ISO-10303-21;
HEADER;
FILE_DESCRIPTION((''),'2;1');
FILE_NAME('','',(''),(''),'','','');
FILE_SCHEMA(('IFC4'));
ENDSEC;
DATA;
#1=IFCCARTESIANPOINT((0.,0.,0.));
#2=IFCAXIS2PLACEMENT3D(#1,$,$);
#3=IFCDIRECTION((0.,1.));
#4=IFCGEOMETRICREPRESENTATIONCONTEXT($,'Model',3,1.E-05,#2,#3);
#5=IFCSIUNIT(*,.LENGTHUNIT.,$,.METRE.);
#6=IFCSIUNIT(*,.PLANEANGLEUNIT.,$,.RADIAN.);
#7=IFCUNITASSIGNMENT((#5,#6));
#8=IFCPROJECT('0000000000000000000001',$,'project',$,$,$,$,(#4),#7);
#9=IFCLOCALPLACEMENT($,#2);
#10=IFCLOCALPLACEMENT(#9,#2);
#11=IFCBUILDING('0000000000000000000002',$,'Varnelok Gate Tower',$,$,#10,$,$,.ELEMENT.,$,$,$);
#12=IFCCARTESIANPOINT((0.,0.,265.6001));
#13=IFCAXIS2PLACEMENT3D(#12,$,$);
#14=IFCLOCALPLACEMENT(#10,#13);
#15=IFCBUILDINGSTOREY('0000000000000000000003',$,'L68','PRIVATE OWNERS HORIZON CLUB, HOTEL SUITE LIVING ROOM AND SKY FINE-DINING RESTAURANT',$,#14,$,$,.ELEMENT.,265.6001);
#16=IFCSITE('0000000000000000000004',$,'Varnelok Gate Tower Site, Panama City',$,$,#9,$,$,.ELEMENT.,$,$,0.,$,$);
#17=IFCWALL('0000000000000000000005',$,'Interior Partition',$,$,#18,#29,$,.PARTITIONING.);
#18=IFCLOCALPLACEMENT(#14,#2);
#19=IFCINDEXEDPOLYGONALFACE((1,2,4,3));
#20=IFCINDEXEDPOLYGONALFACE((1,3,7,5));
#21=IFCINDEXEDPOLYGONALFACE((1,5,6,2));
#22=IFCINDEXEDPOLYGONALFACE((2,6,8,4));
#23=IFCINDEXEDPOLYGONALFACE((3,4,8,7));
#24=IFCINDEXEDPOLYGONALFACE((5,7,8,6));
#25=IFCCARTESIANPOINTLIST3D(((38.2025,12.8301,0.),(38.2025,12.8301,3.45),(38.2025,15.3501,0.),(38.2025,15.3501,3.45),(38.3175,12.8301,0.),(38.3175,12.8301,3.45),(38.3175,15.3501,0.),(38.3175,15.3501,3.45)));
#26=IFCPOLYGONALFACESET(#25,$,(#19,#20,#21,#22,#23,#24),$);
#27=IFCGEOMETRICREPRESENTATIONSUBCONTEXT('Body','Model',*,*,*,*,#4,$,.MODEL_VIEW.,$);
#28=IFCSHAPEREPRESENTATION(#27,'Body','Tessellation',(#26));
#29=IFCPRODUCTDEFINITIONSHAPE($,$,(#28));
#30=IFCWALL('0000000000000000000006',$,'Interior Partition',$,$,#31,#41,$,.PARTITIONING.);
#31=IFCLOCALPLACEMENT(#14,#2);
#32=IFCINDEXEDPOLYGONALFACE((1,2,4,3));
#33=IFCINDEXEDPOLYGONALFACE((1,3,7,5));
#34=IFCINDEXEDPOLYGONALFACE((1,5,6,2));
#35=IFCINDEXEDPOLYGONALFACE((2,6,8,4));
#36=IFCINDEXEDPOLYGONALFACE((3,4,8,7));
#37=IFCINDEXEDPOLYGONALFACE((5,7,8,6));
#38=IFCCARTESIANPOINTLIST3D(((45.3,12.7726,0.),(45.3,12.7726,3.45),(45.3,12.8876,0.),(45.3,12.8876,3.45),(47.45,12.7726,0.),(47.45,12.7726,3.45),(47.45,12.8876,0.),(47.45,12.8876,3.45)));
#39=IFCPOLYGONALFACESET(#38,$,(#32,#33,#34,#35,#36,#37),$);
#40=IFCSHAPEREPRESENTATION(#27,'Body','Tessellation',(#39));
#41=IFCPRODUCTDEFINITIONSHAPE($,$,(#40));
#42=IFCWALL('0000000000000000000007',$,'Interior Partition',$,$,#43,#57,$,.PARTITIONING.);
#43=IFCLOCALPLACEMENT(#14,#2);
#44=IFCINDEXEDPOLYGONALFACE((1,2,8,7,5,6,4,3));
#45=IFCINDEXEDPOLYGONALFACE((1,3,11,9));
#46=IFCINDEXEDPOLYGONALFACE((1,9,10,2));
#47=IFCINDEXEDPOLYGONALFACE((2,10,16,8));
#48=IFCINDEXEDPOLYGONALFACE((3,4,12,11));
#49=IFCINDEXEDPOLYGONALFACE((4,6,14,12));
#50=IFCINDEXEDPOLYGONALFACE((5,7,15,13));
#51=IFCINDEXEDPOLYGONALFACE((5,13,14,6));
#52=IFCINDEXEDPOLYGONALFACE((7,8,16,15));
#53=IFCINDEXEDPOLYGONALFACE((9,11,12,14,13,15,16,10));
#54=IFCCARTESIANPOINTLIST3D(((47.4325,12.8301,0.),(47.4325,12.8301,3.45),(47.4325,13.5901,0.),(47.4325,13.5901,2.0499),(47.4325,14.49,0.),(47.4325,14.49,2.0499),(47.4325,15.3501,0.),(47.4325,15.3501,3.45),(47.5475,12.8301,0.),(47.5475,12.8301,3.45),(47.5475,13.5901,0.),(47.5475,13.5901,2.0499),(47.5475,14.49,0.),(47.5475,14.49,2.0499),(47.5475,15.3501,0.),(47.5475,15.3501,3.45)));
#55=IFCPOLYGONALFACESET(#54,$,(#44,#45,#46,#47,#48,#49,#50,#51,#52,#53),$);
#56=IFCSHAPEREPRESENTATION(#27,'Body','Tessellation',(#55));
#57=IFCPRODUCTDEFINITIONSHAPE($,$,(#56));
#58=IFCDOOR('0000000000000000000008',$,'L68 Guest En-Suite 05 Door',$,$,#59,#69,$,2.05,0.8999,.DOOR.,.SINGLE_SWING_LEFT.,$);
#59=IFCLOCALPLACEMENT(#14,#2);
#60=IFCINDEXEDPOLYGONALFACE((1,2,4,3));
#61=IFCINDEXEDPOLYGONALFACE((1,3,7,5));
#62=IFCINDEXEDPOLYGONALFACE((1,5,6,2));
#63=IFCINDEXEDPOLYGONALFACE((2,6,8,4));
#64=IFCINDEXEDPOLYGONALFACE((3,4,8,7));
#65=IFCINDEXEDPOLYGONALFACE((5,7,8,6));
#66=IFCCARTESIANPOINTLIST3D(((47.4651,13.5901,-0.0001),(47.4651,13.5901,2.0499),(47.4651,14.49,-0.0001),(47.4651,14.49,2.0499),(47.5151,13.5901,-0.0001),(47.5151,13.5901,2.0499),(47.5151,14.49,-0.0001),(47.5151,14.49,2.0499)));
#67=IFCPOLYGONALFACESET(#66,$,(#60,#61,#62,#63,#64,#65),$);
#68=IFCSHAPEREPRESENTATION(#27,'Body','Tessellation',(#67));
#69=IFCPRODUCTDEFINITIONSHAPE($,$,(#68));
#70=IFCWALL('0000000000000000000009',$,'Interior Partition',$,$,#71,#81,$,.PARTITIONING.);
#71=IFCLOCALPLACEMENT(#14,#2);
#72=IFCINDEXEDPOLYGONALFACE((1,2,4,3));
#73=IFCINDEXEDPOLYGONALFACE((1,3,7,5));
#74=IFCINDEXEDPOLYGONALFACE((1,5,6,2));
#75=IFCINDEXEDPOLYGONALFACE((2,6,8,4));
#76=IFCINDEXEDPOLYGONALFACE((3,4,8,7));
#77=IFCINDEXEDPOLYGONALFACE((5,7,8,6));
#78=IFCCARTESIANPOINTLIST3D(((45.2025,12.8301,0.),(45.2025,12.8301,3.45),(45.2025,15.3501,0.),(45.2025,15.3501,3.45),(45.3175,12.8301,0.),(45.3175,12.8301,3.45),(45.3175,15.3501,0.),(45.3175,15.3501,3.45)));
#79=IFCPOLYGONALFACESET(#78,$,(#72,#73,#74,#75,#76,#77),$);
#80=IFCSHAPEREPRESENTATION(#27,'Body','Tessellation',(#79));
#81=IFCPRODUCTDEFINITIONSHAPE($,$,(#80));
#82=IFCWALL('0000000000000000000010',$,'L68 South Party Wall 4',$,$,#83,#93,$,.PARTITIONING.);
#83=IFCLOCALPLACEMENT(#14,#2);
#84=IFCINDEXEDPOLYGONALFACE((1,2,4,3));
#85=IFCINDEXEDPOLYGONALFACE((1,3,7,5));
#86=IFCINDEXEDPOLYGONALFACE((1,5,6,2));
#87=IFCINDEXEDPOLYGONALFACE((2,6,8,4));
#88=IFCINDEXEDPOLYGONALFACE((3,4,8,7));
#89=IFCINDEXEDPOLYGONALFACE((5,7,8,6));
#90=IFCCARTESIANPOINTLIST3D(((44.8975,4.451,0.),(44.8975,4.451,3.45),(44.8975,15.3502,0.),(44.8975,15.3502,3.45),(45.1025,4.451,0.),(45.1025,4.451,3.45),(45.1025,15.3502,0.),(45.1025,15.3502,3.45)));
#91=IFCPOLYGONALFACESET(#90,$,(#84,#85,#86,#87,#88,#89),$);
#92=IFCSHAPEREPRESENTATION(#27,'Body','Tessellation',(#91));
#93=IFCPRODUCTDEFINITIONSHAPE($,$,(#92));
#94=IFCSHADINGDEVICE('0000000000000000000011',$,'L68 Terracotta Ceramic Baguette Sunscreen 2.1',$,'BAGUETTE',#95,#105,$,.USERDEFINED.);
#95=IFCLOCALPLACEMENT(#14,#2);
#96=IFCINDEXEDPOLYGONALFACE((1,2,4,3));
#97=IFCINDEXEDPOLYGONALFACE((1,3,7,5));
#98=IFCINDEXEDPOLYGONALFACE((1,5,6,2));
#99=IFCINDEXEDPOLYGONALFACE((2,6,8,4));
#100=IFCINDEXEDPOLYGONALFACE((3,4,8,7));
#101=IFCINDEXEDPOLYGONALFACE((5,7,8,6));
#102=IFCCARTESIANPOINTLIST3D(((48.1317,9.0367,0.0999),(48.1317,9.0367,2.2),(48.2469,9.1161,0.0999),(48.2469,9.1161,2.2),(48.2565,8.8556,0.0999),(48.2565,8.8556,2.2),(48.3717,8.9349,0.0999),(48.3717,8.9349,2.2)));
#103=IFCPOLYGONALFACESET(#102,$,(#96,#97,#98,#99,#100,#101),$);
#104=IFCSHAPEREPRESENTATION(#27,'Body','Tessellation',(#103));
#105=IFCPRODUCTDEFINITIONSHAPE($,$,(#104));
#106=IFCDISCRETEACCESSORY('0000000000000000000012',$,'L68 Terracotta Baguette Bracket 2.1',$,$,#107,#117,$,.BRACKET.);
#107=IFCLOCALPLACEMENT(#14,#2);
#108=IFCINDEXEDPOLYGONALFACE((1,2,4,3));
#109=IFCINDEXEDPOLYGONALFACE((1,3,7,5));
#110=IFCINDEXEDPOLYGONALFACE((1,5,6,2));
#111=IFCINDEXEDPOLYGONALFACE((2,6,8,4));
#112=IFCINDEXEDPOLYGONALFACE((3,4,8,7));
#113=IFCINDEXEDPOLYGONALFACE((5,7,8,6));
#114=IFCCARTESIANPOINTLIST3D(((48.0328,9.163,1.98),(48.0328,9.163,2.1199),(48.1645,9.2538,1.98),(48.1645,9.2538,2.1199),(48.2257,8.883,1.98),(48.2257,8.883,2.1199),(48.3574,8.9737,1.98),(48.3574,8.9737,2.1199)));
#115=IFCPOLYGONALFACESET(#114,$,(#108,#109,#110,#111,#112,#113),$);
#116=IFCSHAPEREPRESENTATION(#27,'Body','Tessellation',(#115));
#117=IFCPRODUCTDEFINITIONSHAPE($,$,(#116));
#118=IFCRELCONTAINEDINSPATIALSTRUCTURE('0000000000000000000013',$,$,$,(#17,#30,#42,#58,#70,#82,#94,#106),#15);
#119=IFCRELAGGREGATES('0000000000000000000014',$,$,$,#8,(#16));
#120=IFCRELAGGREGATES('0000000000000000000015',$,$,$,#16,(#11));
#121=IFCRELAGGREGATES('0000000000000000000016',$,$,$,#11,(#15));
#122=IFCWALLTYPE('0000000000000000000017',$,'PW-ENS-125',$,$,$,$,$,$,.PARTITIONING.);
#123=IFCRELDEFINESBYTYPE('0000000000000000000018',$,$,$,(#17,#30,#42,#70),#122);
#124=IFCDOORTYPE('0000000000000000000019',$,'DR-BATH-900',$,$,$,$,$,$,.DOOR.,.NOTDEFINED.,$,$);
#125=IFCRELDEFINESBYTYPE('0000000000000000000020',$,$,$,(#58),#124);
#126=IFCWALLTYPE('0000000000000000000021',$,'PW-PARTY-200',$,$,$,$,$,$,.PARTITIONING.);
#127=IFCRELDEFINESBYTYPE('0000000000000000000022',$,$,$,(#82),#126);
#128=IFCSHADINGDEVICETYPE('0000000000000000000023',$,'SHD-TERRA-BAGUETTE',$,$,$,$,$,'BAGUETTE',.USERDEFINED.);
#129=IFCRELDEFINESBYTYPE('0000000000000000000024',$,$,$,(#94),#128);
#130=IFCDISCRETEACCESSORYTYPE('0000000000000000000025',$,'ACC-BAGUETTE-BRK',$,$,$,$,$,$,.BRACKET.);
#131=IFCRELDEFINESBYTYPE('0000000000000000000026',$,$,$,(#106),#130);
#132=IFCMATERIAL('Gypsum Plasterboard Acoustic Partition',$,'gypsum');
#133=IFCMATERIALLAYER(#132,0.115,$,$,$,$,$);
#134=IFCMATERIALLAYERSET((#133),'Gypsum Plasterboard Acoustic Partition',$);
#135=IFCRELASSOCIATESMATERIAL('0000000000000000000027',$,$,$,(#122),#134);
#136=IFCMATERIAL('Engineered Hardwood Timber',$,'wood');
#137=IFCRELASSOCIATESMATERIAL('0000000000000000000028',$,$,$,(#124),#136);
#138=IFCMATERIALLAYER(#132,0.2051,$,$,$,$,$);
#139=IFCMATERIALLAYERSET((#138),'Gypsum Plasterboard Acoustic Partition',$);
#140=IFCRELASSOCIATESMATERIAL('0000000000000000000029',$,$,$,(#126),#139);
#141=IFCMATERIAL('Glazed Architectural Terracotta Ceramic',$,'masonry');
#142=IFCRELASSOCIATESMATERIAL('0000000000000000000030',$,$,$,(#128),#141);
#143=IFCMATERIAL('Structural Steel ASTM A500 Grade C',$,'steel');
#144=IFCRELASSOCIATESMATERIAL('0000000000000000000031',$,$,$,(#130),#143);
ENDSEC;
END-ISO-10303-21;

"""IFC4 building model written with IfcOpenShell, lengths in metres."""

from ifc_helpers import new_model, si_unit, direction, frame, frame_2d, origin, origin_2d, place, context, subcontext, project, spatial, rectangle, extrude, source, transform, mapped, material, layer, layer_set, type_object, element, fill, save


model = new_model("IFC4")

# Units and contexts
model_context = context("Model", 3, precision=1e-05, world=origin(), true_north=direction((0.0, 1.0)))
body_context = subcontext(model_context, "Body", "Model", "MODEL_VIEW")
ifc_project = project(units=[si_unit("LENGTHUNIT", "METRE"), si_unit("PLANEANGLEUNIT", "RADIAN")], contexts=[model_context])

# Site, building, storey
site_placement = place(None, origin())
site = spatial("IfcSite", under=ifc_project, at=site_placement, Name="Varnelok Gate Tower Site, Panama City", CompositionType="ELEMENT", RefElevation=0.0)
building_placement = place(site_placement, origin())
building = spatial("IfcBuilding", under=site, at=building_placement, Name="Varnelok Gate Tower", CompositionType="ELEMENT")
storey_placement = place(building_placement, frame((0.0, 0.0, 265.6001)))
storey = spatial("IfcBuildingStorey", under=building, at=storey_placement, Name="L68", Description="PRIVATE OWNERS HORIZON CLUB, HOTEL SUITE LIVING ROOM AND SKY FINE-DINING RESTAURANT", CompositionType="ELEMENT", Elevation=265.6001)

# Shared definitions
ifc_material_1 = material(Name="Gypsum Plasterboard Acoustic Partition", Category="gypsum")
ifc_material_2 = material(Name="Engineered Hardwood Timber", Category="wood")

# Shared definitions
ifc_layer_1 = layer(ifc_material_1, 0.115)
ifc_layer_set_1 = layer_set([ifc_layer_1], Name="Gypsum Plasterboard Acoustic Partition")
wall_type_1 = type_object("IfcWallType", Name="PW-ENS-125", PredefinedType="PARTITIONING", material=ifc_layer_set_1)

# Shared definitions
door_type_1 = type_object("IfcDoorType", Name="DR-BATH-900", OperationType="NOTDEFINED", PredefinedType="DOOR", material=ifc_material_2)

# Walls
wall_1_placement = place(storey_placement, frame((38.26, 12.8301, 0.0), z_axis=(0.0, 0.0, 1.0), x_axis=(0.0, 1.0, 0.0)))
element("IfcWall", 1, at=wall_1_placement, inside=storey, type_object=wall_type_1, Name="Interior Partition", PredefinedType="PARTITIONING", context=body_context, shape_type="SweptSolid", body=[
    extrude(rectangle(XDim=2.52, YDim=0.115, at=frame_2d((1.26, 0.0))), origin(), (0.0, 0.0, 1.0), 3.45),
])
wall_2_placement = place(storey_placement, frame((45.3, 12.8301, 0.0), z_axis=(0.0, 0.0, 1.0), x_axis=(1.0, 0.0, 0.0)))
element("IfcWall", 2, at=wall_2_placement, inside=storey, type_object=wall_type_1, Name="Interior Partition", PredefinedType="PARTITIONING", context=body_context, shape_type="SweptSolid", body=[
    extrude(rectangle(XDim=2.1499, YDim=0.115, at=frame_2d((1.075, 0.0))), origin(), (0.0, 0.0, 1.0), 3.45),
])

# Wall, opening, door
wall_3_placement = place(storey_placement, frame((47.49, 12.8301, 0.0), z_axis=(0.0, 0.0, 1.0), x_axis=(0.0, 1.0, 0.0)))
wall_3 = element("IfcWall", 3, at=wall_3_placement, inside=storey, type_object=wall_type_1, Name="Interior Partition", PredefinedType="PARTITIONING", context=body_context, shape_type="SweptSolid", body=[
    extrude(rectangle(XDim=2.52, YDim=0.115, at=frame_2d((1.26, 0.0))), origin(), (0.0, 0.0, 1.0), 3.45),
])
opening_1_placement = place(wall_3_placement, frame((0.76, 0.0, 0.0)))
opening_1 = element("IfcOpeningElement", 4, at=opening_1_placement, cuts=wall_3, PredefinedType="OPENING", context=body_context, shape_type="SweptSolid", body=[
    extrude(rectangle(XDim=0.8999, YDim=2.05, at=frame_2d((0.45, 1.0249))), frame((0.0, 0.0674, 0.0), z_axis=(0.0, -1.0, 0.0), x_axis=(1.0, 0.0, 0.0)), (0.0, 0.0, 1.0), 0.135),
])
door_1_placement = place(opening_1_placement, origin())
door_1 = element("IfcDoor", 5, at=door_1_placement, inside=storey, type_object=door_type_1, Name="L68 Guest En-Suite 05 Door", OperationType="SINGLE_SWING_LEFT", OverallHeight=2.05, OverallWidth=0.8999, PredefinedType="DOOR", context=body_context, shape_type="SweptSolid", body=[
    extrude(rectangle(XDim=0.8999, YDim=2.05, at=frame_2d((0.45, 1.0249))), frame((0.0, 0.0249, 0.0), z_axis=(0.0, -1.0, 0.0), x_axis=(1.0, 0.0, 0.0)), (0.0, 0.0, 1.0), 0.05),
])
fill(opening_1, door_1)

# Walls
wall_4_placement = place(storey_placement, frame((45.26, 12.8301, 0.0), z_axis=(0.0, 0.0, 1.0), x_axis=(0.0, 1.0, 0.0)))
element("IfcWall", 6, at=wall_4_placement, inside=storey, type_object=wall_type_1, Name="Interior Partition", PredefinedType="PARTITIONING", context=body_context, shape_type="SweptSolid", body=[
    extrude(rectangle(XDim=2.52, YDim=0.115, at=frame_2d((1.26, 0.0))), origin(), (0.0, 0.0, 1.0), 3.45),
])
ifc_layer_2 = layer(ifc_material_1, 0.2051)
ifc_layer_set_2 = layer_set([ifc_layer_2], Name="Gypsum Plasterboard Acoustic Partition")
wall_type_2 = type_object("IfcWallType", Name="PW-PARTY-200", PredefinedType="PARTITIONING", material=ifc_layer_set_2)
wall_5_placement = place(storey_placement, frame((45.0, 4.4509, 0.0), z_axis=(0.0, 0.0, 1.0), x_axis=(0.0, 1.0, 0.0)))
element("IfcWall", 7, at=wall_5_placement, inside=storey, type_object=wall_type_2, Name="L68 South Party Wall 4", PredefinedType="PARTITIONING", context=body_context, shape_type="SweptSolid", body=[
    extrude(rectangle(XDim=10.8992, YDim=0.2051, at=frame_2d((5.4497, 0.0))), origin(), (0.0, 0.0, 1.0), 3.45),
])

# Shading device
ifc_material_3 = material(Name="Glazed Architectural Terracotta Ceramic", Category="masonry")
shading_device_type = type_object("IfcShadingDeviceType", Name="SHD-TERRA-BAGUETTE", ElementType="BAGUETTE", PredefinedType="USERDEFINED", material=ifc_material_3)
shared_shape_1 = source(origin(), body_context, "Body", "SweptSolid", [
    extrude(rectangle(XDim=0.1399, YDim=0.22, at=origin_2d()), origin(), (0.0, 0.0, 1.0), 2.1001),
])
shading_device_placement = place(storey_placement, frame((48.2517, 8.9858, 0.0999), z_axis=(0.0, 0.0, 1.0), x_axis=(0.823533, 0.567269, 0.0)))
element("IfcShadingDevice", 8, at=shading_device_placement, inside=storey, type_object=shading_device_type, Name="L68 Terracotta Ceramic Baguette Sunscreen 2.1", ObjectType="BAGUETTE", PredefinedType="USERDEFINED", context=body_context, shape_type="MappedRepresentation", body=[
    mapped(shared_shape_1, transform((0.0, 0.0, 0.0), scale=1.0)),
])

# Discrete accessory
ifc_material_4 = material(Name="Structural Steel ASTM A500 Grade C", Category="steel")
discrete_accessory_type = type_object("IfcDiscreteAccessoryType", Name="ACC-BAGUETTE-BRK", PredefinedType="BRACKET", material=ifc_material_4)
shared_shape_2 = source(origin(), body_context, "Body", "SweptSolid", [
    extrude(rectangle(XDim=0.1599, YDim=0.3401, at=origin_2d()), origin(), (0.0, 0.0, 1.0), 0.1399),
])
discrete_accessory_placement = place(storey_placement, frame((48.1951, 9.0684, 1.98), z_axis=(0.0, 0.0, 1.0), x_axis=(0.823533, 0.567269, 0.0)))
element("IfcDiscreteAccessory", 9, at=discrete_accessory_placement, inside=storey, type_object=discrete_accessory_type, Name="L68 Terracotta Baguette Bracket 2.1", PredefinedType="BRACKET", context=body_context, shape_type="MappedRepresentation", body=[
    mapped(shared_shape_2, transform((0.0, 0.0, 0.0), scale=1.0)),
])

save(model, "model.ifc")
